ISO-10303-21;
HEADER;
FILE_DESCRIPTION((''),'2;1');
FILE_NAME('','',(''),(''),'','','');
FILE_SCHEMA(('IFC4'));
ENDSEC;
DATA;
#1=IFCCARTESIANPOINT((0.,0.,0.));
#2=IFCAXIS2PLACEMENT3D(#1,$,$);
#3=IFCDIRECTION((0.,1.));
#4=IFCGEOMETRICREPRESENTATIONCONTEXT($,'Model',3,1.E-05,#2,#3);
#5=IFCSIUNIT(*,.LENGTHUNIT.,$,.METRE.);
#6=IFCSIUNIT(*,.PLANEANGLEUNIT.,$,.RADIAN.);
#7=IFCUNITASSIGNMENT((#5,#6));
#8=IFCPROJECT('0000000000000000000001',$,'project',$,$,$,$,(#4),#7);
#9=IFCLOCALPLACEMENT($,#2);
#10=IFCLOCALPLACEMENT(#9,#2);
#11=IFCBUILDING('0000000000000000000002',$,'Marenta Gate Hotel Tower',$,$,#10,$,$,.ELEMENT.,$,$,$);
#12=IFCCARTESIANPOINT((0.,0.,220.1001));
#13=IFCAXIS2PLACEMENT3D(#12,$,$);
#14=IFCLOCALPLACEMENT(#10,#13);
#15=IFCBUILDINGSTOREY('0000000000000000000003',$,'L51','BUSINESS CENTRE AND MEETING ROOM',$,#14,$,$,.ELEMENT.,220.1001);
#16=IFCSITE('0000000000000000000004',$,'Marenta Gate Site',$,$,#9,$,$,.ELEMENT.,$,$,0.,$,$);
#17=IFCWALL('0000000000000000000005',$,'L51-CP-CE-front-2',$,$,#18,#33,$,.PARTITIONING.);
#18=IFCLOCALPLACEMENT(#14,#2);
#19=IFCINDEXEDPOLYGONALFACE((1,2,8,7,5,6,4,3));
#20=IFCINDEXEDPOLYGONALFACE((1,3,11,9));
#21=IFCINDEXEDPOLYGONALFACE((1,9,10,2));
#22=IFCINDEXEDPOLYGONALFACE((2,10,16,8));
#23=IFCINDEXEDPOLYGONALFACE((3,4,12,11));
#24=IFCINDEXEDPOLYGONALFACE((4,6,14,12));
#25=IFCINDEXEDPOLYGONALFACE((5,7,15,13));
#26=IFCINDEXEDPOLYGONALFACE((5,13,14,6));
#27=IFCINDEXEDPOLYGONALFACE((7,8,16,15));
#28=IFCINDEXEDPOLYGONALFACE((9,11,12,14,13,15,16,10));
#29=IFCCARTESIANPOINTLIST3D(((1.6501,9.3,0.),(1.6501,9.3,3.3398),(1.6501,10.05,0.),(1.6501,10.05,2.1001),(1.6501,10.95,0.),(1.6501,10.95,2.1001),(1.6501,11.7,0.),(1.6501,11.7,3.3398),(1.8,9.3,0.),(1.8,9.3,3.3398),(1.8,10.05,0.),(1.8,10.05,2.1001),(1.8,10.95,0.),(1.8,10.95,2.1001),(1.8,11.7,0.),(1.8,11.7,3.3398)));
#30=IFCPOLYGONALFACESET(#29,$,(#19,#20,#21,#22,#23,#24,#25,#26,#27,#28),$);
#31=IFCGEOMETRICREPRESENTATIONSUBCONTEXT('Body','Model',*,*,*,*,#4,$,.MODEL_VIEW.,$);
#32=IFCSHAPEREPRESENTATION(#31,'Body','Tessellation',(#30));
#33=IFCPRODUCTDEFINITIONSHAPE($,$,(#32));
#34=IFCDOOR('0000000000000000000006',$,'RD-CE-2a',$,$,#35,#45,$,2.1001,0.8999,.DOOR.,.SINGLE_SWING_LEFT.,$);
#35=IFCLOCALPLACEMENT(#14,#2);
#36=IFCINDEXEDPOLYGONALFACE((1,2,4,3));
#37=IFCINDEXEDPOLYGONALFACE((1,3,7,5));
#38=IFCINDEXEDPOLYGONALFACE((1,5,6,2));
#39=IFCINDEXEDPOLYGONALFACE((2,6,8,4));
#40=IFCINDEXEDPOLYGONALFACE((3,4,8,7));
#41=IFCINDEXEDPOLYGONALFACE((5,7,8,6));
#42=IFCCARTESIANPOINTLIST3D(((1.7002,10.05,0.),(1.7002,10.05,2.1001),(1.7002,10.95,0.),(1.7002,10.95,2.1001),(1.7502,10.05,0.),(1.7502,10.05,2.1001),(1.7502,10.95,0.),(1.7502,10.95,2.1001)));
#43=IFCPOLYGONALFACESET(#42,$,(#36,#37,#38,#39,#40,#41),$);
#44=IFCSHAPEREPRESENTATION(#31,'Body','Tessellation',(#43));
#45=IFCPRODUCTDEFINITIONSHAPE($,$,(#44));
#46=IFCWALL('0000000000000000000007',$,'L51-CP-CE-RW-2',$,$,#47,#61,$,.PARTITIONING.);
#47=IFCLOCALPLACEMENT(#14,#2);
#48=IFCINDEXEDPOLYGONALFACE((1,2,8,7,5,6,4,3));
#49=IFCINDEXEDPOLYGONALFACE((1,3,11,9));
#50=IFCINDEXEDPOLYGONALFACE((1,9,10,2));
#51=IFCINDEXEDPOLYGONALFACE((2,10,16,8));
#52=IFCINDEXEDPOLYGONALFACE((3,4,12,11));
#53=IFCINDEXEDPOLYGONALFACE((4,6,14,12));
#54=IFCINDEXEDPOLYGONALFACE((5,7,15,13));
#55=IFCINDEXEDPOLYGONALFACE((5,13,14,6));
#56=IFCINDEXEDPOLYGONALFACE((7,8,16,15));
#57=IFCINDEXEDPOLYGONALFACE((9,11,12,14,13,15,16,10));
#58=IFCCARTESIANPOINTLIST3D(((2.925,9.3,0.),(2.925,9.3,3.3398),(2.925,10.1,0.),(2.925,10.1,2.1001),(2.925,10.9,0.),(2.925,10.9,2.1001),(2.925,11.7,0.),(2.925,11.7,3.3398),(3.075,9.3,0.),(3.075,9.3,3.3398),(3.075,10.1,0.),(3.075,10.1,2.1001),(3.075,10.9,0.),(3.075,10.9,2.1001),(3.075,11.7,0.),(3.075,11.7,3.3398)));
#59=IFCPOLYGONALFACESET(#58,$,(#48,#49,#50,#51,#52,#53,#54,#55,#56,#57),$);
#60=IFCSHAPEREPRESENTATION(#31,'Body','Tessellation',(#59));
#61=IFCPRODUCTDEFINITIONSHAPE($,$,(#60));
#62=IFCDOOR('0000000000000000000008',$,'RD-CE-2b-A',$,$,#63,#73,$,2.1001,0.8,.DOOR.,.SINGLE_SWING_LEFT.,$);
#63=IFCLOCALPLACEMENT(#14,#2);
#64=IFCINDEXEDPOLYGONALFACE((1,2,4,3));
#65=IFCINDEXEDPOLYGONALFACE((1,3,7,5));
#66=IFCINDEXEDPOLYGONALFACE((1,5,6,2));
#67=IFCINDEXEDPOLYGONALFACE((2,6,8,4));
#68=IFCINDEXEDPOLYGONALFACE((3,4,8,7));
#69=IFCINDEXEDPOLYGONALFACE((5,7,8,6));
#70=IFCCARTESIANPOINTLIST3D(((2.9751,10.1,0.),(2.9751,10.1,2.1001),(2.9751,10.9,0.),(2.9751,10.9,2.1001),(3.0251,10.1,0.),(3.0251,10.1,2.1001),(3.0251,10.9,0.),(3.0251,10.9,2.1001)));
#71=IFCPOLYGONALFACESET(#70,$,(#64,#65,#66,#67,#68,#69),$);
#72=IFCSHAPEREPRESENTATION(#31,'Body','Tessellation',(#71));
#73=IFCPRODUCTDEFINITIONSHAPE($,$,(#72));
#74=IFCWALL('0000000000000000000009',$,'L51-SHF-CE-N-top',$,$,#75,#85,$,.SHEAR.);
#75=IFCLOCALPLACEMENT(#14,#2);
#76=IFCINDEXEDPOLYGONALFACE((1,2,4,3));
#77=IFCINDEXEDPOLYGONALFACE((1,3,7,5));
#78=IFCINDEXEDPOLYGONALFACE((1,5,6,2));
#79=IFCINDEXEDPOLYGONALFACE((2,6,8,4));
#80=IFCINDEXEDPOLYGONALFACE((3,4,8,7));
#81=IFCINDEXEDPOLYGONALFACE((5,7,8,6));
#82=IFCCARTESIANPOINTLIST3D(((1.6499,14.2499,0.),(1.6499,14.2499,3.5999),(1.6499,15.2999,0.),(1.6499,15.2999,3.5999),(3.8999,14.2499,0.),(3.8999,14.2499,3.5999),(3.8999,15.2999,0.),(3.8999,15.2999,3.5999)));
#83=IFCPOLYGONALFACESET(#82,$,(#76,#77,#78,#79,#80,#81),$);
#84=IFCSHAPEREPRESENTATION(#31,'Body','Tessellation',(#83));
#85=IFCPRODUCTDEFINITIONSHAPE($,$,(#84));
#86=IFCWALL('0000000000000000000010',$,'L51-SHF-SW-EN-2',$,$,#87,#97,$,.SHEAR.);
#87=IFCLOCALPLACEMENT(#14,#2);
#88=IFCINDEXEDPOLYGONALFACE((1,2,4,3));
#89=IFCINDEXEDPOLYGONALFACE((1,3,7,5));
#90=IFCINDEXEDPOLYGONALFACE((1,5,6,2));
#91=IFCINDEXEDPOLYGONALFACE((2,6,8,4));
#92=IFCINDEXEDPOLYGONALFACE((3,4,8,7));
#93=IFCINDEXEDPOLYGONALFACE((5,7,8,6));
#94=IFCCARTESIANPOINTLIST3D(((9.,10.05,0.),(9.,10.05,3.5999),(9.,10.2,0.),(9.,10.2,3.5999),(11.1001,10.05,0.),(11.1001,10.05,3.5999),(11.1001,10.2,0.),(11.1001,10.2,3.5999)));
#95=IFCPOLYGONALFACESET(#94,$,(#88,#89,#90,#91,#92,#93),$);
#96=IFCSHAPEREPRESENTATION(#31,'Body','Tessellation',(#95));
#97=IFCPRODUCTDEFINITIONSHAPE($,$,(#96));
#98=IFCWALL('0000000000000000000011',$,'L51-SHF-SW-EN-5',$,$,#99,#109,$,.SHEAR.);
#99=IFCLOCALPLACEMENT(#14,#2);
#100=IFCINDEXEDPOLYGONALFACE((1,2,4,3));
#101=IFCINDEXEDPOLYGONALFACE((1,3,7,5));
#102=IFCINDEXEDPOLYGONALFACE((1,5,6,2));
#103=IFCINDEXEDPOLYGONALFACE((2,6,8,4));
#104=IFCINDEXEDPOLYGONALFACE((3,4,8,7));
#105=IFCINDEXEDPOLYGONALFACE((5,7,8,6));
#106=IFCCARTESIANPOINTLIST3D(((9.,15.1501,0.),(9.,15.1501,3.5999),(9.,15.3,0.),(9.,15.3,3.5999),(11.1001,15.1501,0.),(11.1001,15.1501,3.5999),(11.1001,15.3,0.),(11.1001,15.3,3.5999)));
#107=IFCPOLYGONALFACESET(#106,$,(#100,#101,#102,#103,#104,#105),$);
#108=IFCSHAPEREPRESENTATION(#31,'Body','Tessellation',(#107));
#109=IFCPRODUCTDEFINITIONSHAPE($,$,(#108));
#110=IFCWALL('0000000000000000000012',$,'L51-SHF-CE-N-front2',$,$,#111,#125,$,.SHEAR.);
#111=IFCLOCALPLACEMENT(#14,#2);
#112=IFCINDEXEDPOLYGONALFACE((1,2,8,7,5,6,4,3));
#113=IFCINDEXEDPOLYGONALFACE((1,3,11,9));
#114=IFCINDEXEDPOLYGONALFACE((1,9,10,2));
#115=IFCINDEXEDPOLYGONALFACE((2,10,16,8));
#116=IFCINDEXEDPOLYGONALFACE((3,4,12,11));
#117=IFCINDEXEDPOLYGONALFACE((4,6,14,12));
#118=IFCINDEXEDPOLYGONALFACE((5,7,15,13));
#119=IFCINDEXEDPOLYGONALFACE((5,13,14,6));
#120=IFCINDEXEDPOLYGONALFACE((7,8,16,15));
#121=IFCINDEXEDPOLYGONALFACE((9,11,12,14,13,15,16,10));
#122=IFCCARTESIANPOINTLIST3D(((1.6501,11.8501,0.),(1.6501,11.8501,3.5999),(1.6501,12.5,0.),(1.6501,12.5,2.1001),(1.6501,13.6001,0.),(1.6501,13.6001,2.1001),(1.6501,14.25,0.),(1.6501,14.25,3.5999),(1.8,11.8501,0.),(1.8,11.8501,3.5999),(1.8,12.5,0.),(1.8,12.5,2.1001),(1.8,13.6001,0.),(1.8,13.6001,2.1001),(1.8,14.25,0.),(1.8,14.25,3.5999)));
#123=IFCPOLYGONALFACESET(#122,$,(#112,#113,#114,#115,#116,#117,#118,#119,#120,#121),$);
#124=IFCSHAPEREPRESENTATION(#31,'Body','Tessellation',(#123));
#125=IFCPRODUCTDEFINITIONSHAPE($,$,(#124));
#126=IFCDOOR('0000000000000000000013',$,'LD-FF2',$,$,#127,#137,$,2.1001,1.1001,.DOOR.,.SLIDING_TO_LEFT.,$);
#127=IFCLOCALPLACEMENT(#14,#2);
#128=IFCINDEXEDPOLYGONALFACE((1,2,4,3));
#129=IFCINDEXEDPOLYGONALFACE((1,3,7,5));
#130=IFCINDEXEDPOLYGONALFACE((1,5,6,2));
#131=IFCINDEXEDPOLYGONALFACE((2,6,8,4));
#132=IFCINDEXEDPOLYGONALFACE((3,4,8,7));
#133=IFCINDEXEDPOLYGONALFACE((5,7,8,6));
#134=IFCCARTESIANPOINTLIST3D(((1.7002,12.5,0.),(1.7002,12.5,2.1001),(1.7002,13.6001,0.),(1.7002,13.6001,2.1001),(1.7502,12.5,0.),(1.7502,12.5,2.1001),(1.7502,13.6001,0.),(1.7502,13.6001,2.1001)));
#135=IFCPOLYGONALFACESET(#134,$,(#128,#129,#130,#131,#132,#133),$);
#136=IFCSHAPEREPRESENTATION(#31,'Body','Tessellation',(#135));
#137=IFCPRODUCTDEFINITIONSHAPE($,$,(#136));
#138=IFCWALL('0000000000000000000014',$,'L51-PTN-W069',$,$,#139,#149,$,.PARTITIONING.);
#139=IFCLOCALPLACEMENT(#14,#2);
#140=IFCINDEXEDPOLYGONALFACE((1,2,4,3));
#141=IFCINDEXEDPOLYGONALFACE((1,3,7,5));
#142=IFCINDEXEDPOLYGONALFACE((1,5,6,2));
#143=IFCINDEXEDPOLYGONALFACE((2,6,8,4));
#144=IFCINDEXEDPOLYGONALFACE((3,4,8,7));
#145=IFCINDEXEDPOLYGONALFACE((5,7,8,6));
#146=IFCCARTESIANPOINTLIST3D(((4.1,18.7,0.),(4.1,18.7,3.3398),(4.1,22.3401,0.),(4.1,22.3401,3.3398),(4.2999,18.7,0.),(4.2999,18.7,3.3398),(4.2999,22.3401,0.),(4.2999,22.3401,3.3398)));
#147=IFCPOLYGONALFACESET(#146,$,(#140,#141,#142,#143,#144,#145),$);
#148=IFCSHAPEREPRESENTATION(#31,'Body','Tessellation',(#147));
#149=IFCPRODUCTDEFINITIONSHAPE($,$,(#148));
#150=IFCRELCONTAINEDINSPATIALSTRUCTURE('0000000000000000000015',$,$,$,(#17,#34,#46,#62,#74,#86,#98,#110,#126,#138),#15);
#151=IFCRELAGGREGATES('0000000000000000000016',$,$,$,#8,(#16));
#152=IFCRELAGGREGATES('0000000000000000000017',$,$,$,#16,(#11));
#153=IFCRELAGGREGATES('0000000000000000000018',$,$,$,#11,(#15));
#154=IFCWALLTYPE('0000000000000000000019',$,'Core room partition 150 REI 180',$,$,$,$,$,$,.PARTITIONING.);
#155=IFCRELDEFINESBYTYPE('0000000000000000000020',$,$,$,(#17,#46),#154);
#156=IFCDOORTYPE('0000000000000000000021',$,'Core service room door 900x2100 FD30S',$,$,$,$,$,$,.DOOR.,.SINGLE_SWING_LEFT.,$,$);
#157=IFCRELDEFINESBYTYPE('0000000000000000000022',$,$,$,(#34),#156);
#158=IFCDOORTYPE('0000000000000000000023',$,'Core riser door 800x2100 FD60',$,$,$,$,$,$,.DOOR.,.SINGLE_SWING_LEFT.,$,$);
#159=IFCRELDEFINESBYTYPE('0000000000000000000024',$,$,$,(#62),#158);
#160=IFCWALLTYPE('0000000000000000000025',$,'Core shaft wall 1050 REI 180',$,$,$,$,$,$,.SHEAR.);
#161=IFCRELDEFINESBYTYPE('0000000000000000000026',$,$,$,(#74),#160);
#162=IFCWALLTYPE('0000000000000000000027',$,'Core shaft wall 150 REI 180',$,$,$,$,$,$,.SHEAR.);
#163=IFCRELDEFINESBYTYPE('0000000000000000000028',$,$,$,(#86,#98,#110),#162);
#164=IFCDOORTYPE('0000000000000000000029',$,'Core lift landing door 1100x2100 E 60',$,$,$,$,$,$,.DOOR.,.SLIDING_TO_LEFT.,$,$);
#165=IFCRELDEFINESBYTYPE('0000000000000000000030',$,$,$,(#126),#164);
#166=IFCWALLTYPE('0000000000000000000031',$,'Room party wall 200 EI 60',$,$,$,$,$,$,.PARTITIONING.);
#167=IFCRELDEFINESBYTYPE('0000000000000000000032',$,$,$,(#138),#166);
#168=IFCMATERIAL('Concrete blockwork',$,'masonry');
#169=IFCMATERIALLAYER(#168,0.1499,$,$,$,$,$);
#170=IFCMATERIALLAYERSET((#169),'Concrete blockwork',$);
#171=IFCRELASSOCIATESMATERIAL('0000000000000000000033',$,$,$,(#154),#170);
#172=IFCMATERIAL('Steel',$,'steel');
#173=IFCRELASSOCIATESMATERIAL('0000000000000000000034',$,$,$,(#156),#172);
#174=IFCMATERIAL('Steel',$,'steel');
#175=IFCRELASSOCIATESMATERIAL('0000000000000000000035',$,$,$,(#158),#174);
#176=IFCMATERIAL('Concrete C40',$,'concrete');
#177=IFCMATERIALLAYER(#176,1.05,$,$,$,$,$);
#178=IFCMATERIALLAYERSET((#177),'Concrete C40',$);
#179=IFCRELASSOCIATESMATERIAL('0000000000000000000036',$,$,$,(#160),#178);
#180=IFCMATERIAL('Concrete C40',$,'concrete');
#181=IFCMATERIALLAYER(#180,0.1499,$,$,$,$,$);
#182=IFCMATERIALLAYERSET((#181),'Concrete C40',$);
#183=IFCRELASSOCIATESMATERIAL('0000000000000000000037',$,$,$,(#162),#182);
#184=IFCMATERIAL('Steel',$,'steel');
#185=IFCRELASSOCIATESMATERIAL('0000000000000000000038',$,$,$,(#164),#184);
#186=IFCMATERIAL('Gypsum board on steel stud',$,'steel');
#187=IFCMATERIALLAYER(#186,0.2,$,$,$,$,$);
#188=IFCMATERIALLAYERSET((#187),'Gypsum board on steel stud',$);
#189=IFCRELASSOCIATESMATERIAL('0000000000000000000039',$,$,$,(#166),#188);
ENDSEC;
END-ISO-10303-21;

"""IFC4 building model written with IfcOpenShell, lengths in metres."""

from ifc_helpers import new_model, si_unit, direction, frame, frame_2d, origin, place, context, subcontext, project, spatial, rectangle, extrude, material, layer, layer_set, type_object, element, fill, save


model = new_model("IFC4")

# Units and contexts
model_context = context("Model", 3, precision=1e-05, world=origin(), true_north=direction((0.0, 1.0)))
body_context = subcontext(model_context, "Body", "Model", "MODEL_VIEW")
ifc_project = project(units=[si_unit("LENGTHUNIT", "METRE"), si_unit("PLANEANGLEUNIT", "RADIAN")], contexts=[model_context])

# Site, building, storey
site_placement = place(None, origin())
site = spatial("IfcSite", under=ifc_project, at=site_placement, Name="Marenta Gate Site", CompositionType="ELEMENT", RefElevation=0.0)
building_placement = place(site_placement, origin())
building = spatial("IfcBuilding", under=site, at=building_placement, Name="Marenta Gate Hotel Tower", CompositionType="ELEMENT")
storey_placement = place(building_placement, frame((0.0, 0.0, 220.1001)))
storey = spatial("IfcBuildingStorey", under=building, at=storey_placement, Name="L51", Description="BUSINESS CENTRE AND MEETING ROOM", CompositionType="ELEMENT", Elevation=220.1001)

# Shared definitions
ifc_material_1 = material(Name="Concrete blockwork", Category="masonry")
ifc_layer_1 = layer(ifc_material_1, 0.1499)
ifc_layer_set_1 = layer_set([ifc_layer_1], Name="Concrete blockwork")
wall_type_1 = type_object("IfcWallType", Name="Core room partition 150 REI 180", PredefinedType="PARTITIONING", material=ifc_layer_set_1)

# Walls, openings, doors
wall_1_placement = place(storey_placement, frame((1.7251, 9.3, 0.0), z_axis=(0.0, 0.0, 1.0), x_axis=(0.0, 1.0, 0.0)))
wall_1 = element("IfcWall", 1, at=wall_1_placement, inside=storey, type_object=wall_type_1, Name="L51-CP-CE-front-2", PredefinedType="PARTITIONING", context=body_context, shape_type="SweptSolid", body=[
    extrude(rectangle(XDim=2.3999, YDim=0.1499, at=frame_2d((1.2, 0.0))), origin(), (0.0, 0.0, 1.0), 3.3398),
])
opening_1_placement = place(wall_1_placement, frame((0.75, 0.0, 0.0)))
opening_1 = element("IfcOpeningElement", 2, at=opening_1_placement, cuts=wall_1, PredefinedType="OPENING", context=body_context, shape_type="SweptSolid", body=[
    extrude(rectangle(XDim=0.8999, YDim=2.1001, at=frame_2d((0.45, 1.05))), frame((0.0, 0.075, 0.0), z_axis=(0.0, -1.0, 0.0), x_axis=(1.0, 0.0, 0.0)), (0.0, 0.0, 1.0), 0.1499),
])
ifc_material_2 = material(Name="Steel", Category="steel")
door_type_1 = type_object("IfcDoorType", Name="Core service room door 900x2100 FD30S", OperationType="SINGLE_SWING_LEFT", PredefinedType="DOOR", material=ifc_material_2)
door_1_placement = place(opening_1_placement, origin())
door_1 = element("IfcDoor", 3, at=door_1_placement, inside=storey, type_object=door_type_1, Name="RD-CE-2a", OperationType="SINGLE_SWING_LEFT", OverallHeight=2.1001, OverallWidth=0.8999, PredefinedType="DOOR", context=body_context, shape_type="SweptSolid", body=[
    extrude(rectangle(XDim=0.8999, YDim=2.1001, at=frame_2d((0.45, 1.05))), frame((0.0, 0.0249, 0.0), z_axis=(0.0, -1.0, 0.0), x_axis=(1.0, 0.0, 0.0)), (0.0, 0.0, 1.0), 0.05),
])
fill(opening_1, door_1)
wall_2_placement = place(storey_placement, frame((3.0, 9.3, 0.0), z_axis=(0.0, 0.0, 1.0), x_axis=(0.0, 1.0, 0.0)))
wall_2 = element("IfcWall", 4, at=wall_2_placement, inside=storey, type_object=wall_type_1, Name="L51-CP-CE-RW-2", PredefinedType="PARTITIONING", context=body_context, shape_type="SweptSolid", body=[
    extrude(rectangle(XDim=2.3999, YDim=0.1499, at=frame_2d((1.2, 0.0))), origin(), (0.0, 0.0, 1.0), 3.3398),
])
opening_2_placement = place(wall_2_placement, frame((0.8, 0.0, 0.0)))
opening_2 = element("IfcOpeningElement", 5, at=opening_2_placement, cuts=wall_2, PredefinedType="OPENING", context=body_context, shape_type="SweptSolid", body=[
    extrude(rectangle(XDim=0.8, YDim=2.1001, at=frame_2d((0.3999, 1.05))), frame((0.0, 0.075, 0.0), z_axis=(0.0, -1.0, 0.0), x_axis=(1.0, 0.0, 0.0)), (0.0, 0.0, 1.0), 0.1499),
])
ifc_material_3 = material(Name="Steel", Category="steel")
door_type_2 = type_object("IfcDoorType", Name="Core riser door 800x2100 FD60", OperationType="SINGLE_SWING_LEFT", PredefinedType="DOOR", material=ifc_material_3)
door_2_placement = place(opening_2_placement, origin())
door_2 = element("IfcDoor", 6, at=door_2_placement, inside=storey, type_object=door_type_2, Name="RD-CE-2b-A", OperationType="SINGLE_SWING_LEFT", OverallHeight=2.1001, OverallWidth=0.8, PredefinedType="DOOR", context=body_context, shape_type="SweptSolid", body=[
    extrude(rectangle(XDim=0.8, YDim=2.1001, at=frame_2d((0.3999, 1.05))), frame((0.0, 0.0249, 0.0), z_axis=(0.0, -1.0, 0.0), x_axis=(1.0, 0.0, 0.0)), (0.0, 0.0, 1.0), 0.05),
])
fill(opening_2, door_2)

# Walls
ifc_material_4 = material(Name="Concrete C40", Category="concrete")
ifc_layer_2 = layer(ifc_material_4, 1.05)
ifc_layer_set_2 = layer_set([ifc_layer_2], Name="Concrete C40")
wall_type_2 = type_object("IfcWallType", Name="Core shaft wall 1050 REI 180", PredefinedType="SHEAR", material=ifc_layer_set_2)
wall_3_placement = place(storey_placement, frame((1.6499, 14.7749, 0.0), z_axis=(0.0, 0.0, 1.0), x_axis=(1.0, 0.0, 0.0)))
element("IfcWall", 7, at=wall_3_placement, inside=storey, type_object=wall_type_2, Name="L51-SHF-CE-N-top", PredefinedType="SHEAR", context=body_context, shape_type="SweptSolid", body=[
    extrude(rectangle(XDim=2.25, YDim=1.05, at=frame_2d((1.125, 0.0))), origin(), (0.0, 0.0, 1.0), 3.5999),
])
ifc_material_5 = material(Name="Concrete C40", Category="concrete")
ifc_layer_3 = layer(ifc_material_5, 0.1499)
ifc_layer_set_3 = layer_set([ifc_layer_3], Name="Concrete C40")
wall_type_3 = type_object("IfcWallType", Name="Core shaft wall 150 REI 180", PredefinedType="SHEAR", material=ifc_layer_set_3)
for number, where, z_axis, x_axis, name in (
    (8, (9.0, 10.125, 0.0), (0.0, 0.0, 1.0), (1.0, 0.0, 0.0), "L51-SHF-SW-EN-2"),
    (9, (9.0, 15.2251, 0.0), (0.0, 0.0, 1.0), (1.0, 0.0, 0.0), "L51-SHF-SW-EN-5"),
):
    element("IfcWall", number, at=place(storey_placement, frame(where, z_axis=z_axis, x_axis=x_axis)), inside=storey, type_object=wall_type_3, Name=name, PredefinedType="SHEAR", context=body_context, shape_type="SweptSolid", body=[
        extrude(rectangle(XDim=2.1001, YDim=0.1499, at=frame_2d((1.05, 0.0))), origin(), (0.0, 0.0, 1.0), 3.5999),
    ])

# Wall, opening, door
wall_4_placement = place(storey_placement, frame((1.7251, 11.8501, 0.0), z_axis=(0.0, 0.0, 1.0), x_axis=(0.0, 1.0, 0.0)))
wall_4 = element("IfcWall", 10, at=wall_4_placement, inside=storey, type_object=wall_type_3, Name="L51-SHF-CE-N-front2", PredefinedType="SHEAR", context=body_context, shape_type="SweptSolid", body=[
    extrude(rectangle(XDim=2.3999, YDim=0.1499, at=frame_2d((1.2, 0.0))), origin(), (0.0, 0.0, 1.0), 3.5999),
])
opening_3_placement = place(wall_4_placement, frame((0.6499, 0.0, 0.0)))
opening_3 = element("IfcOpeningElement", 11, at=opening_3_placement, cuts=wall_4, PredefinedType="OPENING", context=body_context, shape_type="SweptSolid", body=[
    extrude(rectangle(XDim=1.1001, YDim=2.1001, at=frame_2d((0.55, 1.05))), frame((0.0, 0.075, 0.0), z_axis=(0.0, -1.0, 0.0), x_axis=(1.0, 0.0, 0.0)), (0.0, 0.0, 1.0), 0.1499),
])
ifc_material_6 = material(Name="Steel", Category="steel")
door_type_3 = type_object("IfcDoorType", Name="Core lift landing door 1100x2100 E 60", OperationType="SLIDING_TO_LEFT", PredefinedType="DOOR", material=ifc_material_6)
door_3_placement = place(opening_3_placement, origin())
door_3 = element("IfcDoor", 12, at=door_3_placement, inside=storey, type_object=door_type_3, Name="LD-FF2", OperationType="SLIDING_TO_LEFT", OverallHeight=2.1001, OverallWidth=1.1001, PredefinedType="DOOR", context=body_context, shape_type="SweptSolid", body=[
    extrude(rectangle(XDim=1.1001, YDim=2.1001, at=frame_2d((0.55, 1.05))), frame((0.0, 0.0249, 0.0), z_axis=(0.0, -1.0, 0.0), x_axis=(1.0, 0.0, 0.0)), (0.0, 0.0, 1.0), 0.05),
])
fill(opening_3, door_3)

# Wall
ifc_material_7 = material(Name="Gypsum board on steel stud", Category="steel")
ifc_layer_4 = layer(ifc_material_7, 0.2)
ifc_layer_set_4 = layer_set([ifc_layer_4], Name="Gypsum board on steel stud")
wall_type_4 = type_object("IfcWallType", Name="Room party wall 200 EI 60", PredefinedType="PARTITIONING", material=ifc_layer_set_4)
wall_5_placement = place(storey_placement, frame((4.2, 18.7, 0.0), z_axis=(0.0, 0.0, 1.0), x_axis=(0.0, 1.0, 0.0)))
element("IfcWall", 13, at=wall_5_placement, inside=storey, type_object=wall_type_4, Name="L51-PTN-W069", PredefinedType="PARTITIONING", context=body_context, shape_type="SweptSolid", body=[
    extrude(rectangle(XDim=3.6401, YDim=0.2, at=frame_2d((1.8201, 0.0))), origin(), (0.0, 0.0, 1.0), 3.3398),
])

save(model, "model.ifc")
